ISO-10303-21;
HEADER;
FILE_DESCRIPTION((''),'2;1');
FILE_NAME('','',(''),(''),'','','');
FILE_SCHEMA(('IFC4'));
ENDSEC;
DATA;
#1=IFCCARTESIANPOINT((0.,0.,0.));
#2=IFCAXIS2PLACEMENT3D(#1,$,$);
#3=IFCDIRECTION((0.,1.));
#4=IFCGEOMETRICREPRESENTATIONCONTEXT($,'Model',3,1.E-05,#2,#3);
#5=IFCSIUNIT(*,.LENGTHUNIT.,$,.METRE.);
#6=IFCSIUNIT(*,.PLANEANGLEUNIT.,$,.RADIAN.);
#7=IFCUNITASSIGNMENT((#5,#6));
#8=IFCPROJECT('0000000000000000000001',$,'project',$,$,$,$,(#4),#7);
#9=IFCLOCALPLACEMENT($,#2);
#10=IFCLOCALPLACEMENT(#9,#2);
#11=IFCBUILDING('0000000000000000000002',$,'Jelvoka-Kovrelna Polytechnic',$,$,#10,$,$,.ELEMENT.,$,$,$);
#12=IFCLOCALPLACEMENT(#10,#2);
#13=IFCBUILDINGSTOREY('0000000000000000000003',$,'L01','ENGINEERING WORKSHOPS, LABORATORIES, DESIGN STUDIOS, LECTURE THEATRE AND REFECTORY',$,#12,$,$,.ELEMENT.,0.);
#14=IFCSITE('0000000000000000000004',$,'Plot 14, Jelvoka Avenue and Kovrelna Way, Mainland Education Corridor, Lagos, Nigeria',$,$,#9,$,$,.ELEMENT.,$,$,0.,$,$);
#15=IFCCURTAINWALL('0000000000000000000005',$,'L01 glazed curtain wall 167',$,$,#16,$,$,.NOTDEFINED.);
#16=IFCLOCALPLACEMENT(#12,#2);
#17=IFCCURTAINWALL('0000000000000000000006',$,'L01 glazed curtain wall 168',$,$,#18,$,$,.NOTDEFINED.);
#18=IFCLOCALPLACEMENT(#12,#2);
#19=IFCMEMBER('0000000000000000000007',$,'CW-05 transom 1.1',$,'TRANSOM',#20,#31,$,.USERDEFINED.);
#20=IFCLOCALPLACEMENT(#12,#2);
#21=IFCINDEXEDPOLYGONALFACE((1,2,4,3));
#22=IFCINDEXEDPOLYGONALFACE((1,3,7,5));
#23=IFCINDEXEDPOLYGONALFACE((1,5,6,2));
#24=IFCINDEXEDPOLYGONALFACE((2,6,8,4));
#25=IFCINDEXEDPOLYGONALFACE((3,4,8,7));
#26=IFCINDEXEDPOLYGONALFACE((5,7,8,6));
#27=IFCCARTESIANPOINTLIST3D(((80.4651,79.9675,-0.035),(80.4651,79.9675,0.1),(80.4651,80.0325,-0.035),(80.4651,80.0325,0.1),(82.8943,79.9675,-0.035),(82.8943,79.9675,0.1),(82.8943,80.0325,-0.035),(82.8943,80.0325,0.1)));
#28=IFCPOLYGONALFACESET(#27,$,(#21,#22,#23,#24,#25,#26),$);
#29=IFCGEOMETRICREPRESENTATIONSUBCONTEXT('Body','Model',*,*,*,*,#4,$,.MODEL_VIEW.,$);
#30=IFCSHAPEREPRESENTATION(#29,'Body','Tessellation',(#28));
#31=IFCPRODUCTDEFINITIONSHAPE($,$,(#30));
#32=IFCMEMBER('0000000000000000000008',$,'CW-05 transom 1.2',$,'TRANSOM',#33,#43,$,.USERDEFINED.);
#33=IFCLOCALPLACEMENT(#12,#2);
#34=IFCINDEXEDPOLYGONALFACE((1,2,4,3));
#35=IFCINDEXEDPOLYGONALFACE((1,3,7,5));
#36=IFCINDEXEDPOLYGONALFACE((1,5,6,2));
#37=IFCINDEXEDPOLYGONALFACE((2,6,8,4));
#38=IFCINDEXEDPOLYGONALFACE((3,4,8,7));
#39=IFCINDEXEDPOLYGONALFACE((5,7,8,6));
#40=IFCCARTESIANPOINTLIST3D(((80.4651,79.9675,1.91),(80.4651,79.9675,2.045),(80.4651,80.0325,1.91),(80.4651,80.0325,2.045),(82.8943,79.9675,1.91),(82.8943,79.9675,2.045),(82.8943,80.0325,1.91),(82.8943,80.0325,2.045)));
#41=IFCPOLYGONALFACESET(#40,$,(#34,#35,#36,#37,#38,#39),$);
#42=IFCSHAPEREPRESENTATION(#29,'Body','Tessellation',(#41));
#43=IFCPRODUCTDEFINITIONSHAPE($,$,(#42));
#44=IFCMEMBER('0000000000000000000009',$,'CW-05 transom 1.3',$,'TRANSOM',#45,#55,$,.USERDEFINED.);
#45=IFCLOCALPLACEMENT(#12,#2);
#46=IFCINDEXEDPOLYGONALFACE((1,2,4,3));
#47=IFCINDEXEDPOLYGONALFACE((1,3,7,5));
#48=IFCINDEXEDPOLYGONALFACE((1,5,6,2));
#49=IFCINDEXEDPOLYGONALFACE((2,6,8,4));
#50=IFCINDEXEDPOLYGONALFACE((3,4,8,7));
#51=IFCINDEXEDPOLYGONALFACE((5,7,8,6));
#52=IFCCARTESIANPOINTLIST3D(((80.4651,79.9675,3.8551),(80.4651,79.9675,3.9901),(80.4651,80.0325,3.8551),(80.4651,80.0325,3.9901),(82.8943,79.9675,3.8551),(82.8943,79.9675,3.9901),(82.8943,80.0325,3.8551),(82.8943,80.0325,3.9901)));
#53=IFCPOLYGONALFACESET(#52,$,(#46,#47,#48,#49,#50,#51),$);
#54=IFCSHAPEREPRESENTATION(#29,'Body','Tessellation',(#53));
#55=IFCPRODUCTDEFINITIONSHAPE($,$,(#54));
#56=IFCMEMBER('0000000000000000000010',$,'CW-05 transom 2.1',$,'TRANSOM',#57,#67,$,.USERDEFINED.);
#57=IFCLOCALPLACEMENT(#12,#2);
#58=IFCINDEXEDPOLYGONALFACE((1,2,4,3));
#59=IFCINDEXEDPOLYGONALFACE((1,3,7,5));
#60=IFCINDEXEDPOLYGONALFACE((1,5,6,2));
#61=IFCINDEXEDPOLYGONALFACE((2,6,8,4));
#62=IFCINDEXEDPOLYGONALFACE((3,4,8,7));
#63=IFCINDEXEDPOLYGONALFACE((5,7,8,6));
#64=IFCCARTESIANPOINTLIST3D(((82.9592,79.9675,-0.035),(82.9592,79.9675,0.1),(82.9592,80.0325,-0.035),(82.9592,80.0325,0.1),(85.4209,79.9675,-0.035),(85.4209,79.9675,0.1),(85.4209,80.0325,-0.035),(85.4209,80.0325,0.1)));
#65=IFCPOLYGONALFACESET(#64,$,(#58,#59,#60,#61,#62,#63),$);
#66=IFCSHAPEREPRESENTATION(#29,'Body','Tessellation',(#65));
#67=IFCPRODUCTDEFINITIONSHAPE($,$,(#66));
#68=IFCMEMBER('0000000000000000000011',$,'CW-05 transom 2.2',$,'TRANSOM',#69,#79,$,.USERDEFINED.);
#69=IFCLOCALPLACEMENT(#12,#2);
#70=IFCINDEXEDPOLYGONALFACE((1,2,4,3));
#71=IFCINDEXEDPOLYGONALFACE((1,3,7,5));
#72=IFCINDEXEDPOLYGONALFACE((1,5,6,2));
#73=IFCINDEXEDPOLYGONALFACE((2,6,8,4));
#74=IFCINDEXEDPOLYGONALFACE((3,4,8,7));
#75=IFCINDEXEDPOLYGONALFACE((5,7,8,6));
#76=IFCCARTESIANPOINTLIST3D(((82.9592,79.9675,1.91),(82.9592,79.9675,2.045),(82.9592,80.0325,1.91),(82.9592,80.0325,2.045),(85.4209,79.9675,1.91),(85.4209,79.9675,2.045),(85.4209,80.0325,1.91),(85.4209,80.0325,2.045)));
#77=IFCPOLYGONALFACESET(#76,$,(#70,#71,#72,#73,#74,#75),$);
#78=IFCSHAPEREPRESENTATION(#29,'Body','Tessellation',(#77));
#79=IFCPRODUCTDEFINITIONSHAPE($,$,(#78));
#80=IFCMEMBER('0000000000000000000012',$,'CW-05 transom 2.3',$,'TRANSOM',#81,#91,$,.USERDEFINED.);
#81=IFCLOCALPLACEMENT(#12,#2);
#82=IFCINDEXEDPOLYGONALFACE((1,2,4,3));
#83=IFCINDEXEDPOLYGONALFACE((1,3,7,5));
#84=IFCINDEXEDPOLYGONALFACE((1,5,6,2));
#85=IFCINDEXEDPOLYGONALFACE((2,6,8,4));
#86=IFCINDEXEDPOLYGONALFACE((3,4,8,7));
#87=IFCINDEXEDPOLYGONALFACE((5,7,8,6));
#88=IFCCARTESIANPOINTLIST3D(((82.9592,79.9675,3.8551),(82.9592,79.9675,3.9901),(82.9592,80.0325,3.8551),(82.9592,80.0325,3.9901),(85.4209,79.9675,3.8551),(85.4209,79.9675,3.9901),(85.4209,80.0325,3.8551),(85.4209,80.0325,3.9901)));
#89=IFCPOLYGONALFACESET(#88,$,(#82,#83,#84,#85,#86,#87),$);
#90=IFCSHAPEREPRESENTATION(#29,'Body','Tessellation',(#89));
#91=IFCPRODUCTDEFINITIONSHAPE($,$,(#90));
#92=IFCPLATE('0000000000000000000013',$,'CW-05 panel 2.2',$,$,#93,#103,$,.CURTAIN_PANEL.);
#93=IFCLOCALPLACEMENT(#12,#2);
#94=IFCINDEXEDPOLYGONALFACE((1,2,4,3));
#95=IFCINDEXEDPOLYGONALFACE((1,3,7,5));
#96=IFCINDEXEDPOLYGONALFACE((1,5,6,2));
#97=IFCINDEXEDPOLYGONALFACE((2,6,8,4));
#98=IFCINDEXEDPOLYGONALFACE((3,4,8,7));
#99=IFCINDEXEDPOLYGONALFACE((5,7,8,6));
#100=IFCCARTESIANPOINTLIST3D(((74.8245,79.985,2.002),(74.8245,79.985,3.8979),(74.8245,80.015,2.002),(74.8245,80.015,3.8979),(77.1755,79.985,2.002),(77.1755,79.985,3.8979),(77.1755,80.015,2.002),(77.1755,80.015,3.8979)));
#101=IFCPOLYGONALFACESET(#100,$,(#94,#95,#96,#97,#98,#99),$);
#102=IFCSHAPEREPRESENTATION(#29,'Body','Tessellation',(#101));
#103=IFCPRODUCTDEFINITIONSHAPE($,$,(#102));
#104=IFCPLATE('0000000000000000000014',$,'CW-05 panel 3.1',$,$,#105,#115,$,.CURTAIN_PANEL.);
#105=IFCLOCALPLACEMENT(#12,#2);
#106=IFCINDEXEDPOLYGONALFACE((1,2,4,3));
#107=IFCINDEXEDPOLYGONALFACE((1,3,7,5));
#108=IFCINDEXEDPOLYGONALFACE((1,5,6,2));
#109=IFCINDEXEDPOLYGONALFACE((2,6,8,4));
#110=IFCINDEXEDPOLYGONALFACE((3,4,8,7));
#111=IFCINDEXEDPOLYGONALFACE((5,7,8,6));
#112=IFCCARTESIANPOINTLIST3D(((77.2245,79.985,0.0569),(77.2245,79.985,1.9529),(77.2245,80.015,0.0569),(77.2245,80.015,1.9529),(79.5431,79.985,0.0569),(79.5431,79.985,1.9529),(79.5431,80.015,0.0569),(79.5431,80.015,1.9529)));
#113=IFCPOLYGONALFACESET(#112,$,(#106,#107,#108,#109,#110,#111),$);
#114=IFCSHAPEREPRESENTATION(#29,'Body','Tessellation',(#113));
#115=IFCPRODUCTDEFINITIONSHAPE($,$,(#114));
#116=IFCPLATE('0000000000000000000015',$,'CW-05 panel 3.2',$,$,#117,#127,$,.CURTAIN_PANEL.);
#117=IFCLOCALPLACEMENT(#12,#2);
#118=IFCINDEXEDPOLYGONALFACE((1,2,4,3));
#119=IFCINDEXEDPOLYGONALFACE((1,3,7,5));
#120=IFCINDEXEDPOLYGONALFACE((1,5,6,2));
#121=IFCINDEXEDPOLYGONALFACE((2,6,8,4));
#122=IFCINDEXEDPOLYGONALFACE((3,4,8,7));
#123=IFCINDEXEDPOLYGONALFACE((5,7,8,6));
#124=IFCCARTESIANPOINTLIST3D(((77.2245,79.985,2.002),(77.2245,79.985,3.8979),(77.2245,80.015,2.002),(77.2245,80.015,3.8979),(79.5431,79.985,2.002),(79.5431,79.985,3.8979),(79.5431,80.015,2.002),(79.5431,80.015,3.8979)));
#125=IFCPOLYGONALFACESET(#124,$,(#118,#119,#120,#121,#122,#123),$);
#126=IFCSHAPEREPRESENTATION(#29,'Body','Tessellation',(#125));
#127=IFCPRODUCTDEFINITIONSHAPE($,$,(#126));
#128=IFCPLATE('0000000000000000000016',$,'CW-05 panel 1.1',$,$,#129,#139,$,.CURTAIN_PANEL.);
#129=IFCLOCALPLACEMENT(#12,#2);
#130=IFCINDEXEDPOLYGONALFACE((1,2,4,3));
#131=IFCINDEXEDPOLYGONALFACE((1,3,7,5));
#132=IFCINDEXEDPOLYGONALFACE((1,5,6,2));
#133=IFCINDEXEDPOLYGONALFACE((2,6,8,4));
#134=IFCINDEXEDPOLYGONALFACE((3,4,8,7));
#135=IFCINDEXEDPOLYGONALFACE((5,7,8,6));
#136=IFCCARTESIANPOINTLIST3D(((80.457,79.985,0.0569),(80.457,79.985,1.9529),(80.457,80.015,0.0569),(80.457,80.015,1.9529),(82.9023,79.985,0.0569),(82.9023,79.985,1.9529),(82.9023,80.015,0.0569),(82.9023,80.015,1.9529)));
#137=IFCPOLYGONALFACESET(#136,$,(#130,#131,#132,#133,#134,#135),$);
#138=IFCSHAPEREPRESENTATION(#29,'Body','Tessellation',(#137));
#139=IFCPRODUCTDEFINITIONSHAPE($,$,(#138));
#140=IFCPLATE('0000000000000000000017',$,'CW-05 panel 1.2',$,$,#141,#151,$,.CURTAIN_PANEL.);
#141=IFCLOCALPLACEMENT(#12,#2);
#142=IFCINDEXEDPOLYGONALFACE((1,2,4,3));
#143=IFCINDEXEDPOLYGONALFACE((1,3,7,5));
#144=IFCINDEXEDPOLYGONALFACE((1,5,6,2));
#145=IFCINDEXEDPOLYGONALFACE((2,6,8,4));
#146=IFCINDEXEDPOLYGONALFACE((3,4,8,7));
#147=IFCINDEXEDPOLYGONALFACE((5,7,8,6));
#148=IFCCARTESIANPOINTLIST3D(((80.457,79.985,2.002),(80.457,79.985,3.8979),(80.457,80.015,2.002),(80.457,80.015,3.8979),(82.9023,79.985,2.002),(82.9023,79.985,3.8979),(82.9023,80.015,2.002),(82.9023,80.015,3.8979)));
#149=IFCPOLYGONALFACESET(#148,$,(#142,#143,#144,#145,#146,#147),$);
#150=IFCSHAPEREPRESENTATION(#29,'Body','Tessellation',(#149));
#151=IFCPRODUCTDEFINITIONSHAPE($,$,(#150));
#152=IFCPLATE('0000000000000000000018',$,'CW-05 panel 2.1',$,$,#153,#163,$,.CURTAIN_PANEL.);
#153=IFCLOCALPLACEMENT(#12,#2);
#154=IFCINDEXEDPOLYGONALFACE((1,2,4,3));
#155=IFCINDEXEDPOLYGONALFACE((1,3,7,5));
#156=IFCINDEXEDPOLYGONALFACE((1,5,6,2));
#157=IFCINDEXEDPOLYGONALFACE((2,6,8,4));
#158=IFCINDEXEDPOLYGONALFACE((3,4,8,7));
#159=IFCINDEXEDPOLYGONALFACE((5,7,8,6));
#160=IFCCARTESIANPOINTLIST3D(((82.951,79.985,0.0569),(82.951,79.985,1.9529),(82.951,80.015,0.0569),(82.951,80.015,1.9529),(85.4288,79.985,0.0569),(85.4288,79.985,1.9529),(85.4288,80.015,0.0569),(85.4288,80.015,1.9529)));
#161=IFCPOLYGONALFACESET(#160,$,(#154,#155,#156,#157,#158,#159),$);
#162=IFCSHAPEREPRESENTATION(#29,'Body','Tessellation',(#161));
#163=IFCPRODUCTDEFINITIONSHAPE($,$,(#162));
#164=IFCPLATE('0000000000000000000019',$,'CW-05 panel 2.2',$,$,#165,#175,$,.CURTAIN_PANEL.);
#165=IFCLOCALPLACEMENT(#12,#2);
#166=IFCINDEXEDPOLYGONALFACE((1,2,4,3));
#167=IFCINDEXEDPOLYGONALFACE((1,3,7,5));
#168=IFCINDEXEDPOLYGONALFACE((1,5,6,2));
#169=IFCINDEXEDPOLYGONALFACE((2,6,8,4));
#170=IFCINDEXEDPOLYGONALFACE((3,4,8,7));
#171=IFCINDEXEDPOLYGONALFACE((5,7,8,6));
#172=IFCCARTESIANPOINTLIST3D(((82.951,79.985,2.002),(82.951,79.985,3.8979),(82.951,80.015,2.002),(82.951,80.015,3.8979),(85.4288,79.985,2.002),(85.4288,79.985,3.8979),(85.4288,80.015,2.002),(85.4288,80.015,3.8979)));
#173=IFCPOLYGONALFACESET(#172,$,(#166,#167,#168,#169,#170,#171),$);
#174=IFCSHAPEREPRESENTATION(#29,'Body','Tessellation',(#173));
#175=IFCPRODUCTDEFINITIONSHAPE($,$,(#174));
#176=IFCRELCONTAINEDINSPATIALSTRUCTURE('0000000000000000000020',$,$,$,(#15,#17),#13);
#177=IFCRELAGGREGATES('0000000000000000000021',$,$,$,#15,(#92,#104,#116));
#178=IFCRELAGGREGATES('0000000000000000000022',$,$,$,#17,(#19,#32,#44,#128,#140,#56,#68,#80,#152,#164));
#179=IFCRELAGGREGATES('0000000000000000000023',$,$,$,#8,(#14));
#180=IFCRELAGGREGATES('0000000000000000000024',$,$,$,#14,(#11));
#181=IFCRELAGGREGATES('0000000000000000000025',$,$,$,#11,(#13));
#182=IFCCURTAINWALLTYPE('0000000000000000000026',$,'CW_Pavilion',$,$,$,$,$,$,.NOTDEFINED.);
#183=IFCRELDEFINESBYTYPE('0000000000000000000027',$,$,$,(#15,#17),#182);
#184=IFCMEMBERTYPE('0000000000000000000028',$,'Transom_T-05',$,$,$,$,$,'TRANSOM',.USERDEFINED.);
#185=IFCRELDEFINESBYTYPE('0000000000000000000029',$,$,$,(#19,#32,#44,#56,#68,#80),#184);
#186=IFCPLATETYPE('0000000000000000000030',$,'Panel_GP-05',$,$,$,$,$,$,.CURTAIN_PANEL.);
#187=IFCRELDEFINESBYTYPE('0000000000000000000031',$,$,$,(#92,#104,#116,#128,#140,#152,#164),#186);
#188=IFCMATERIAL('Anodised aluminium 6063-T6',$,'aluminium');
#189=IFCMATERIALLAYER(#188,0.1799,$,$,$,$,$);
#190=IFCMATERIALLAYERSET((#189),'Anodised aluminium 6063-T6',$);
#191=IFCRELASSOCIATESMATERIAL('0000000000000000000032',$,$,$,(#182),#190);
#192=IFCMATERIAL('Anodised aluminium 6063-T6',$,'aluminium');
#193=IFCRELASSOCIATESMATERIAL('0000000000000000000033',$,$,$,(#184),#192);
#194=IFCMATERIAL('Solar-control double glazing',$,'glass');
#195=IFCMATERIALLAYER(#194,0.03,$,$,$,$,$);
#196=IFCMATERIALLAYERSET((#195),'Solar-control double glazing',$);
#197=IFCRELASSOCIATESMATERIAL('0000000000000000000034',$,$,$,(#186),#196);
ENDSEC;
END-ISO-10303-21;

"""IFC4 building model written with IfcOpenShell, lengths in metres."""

from ifc_helpers import new_model, si_unit, direction, frame, origin, origin_2d, place, context, subcontext, project, spatial, rectangle, extrude, material, layer, layer_set, material_profile, profile_set, type_object, element, aggregate, save


model = new_model("IFC4")

# Units and contexts
model_context = context("Model", 3, precision=1e-05, world=origin(), true_north=direction((0.0, 1.0)))
body_context = subcontext(model_context, "Body", "Model", "MODEL_VIEW")
ifc_project = project(units=[si_unit("LENGTHUNIT", "METRE"), si_unit("PLANEANGLEUNIT", "RADIAN")], contexts=[model_context])

# Site, building, storey
site_placement = place(None, origin())
site = spatial("IfcSite", under=ifc_project, at=site_placement, Name="Plot 14, Jelvoka Avenue and Kovrelna Way, Mainland Education Corridor, Lagos, Nigeria", CompositionType="ELEMENT", RefElevation=0.0)
building_placement = place(site_placement, origin())
building = spatial("IfcBuilding", under=site, at=building_placement, Name="Jelvoka-Kovrelna Polytechnic", CompositionType="ELEMENT")
storey_placement = place(building_placement, origin())
storey = spatial("IfcBuildingStorey", under=building, at=storey_placement, Name="L01", Description="ENGINEERING WORKSHOPS, LABORATORIES, DESIGN STUDIOS, LECTURE THEATRE AND REFECTORY", CompositionType="ELEMENT", Elevation=0.0)

# Curtain walls
ifc_material_1 = material(Name="Anodised aluminium 6063-T6", Category="aluminium")
ifc_layer_1 = layer(ifc_material_1, 0.1799)
ifc_layer_set_1 = layer_set([ifc_layer_1], Name="Anodised aluminium 6063-T6")
curtain_wall_type = type_object("IfcCurtainWallType", Name="CW_Pavilion", PredefinedType="NOTDEFINED", material=ifc_layer_set_1)
curtain_wall_1_placement = place(storey_placement, origin())
curtain_wall_1 = element("IfcCurtainWall", 1, at=curtain_wall_1_placement, inside=storey, type_object=curtain_wall_type, Name="L01 glazed curtain wall 167", PredefinedType="NOTDEFINED")
curtain_wall_2_placement = place(storey_placement, origin())
curtain_wall_2 = element("IfcCurtainWall", 2, at=curtain_wall_2_placement, inside=storey, type_object=curtain_wall_type, Name="L01 glazed curtain wall 168", PredefinedType="NOTDEFINED")

# Members
ifc_material_2 = material(Name="Anodised aluminium 6063-T6", Category="aluminium")
ifc_material_profile_1 = material_profile(ifc_material_2, rectangle(XDim=0.0649, YDim=0.135, at=origin_2d()), Name="ALU 65x135")
ifc_profile_set_1 = profile_set([ifc_material_profile_1], Name="Anodised aluminium 6063-T6")
member_type_1 = type_object("IfcMemberType", Name="Transom_T-05", ElementType="TRANSOM", PredefinedType="USERDEFINED", material=ifc_profile_set_1)
member_1_placement = place(storey_placement, frame((80.4651, 80.0, 0.0325), z_axis=(1.0, 0.0, 0.0), x_axis=(0.0, 1.0, 0.0)))
member_1 = element("IfcMember", 3, at=member_1_placement, type_object=member_type_1, Name="CW-05 transom 1.1", ObjectType="TRANSOM", PredefinedType="USERDEFINED", context=body_context, shape_type="SweptSolid", body=[
    extrude(rectangle(XDim=0.0649, YDim=0.135, at=origin_2d()), origin(), (0.0, 0.0, 1.0), 2.4292),
])
member_2_placement = place(storey_placement, frame((80.4651, 80.0, 1.9775), z_axis=(1.0, 0.0, 0.0), x_axis=(0.0, 1.0, 0.0)))
member_2 = element("IfcMember", 4, at=member_2_placement, type_object=member_type_1, Name="CW-05 transom 1.2", ObjectType="TRANSOM", PredefinedType="USERDEFINED", context=body_context, shape_type="SweptSolid", body=[
    extrude(rectangle(XDim=0.0649, YDim=0.135, at=origin_2d()), origin(), (0.0, 0.0, 1.0), 2.4292),
])
member_3_placement = place(storey_placement, frame((80.4651, 80.0, 3.9226), z_axis=(1.0, 0.0, 0.0), x_axis=(0.0, 1.0, 0.0)))
member_3 = element("IfcMember", 5, at=member_3_placement, type_object=member_type_1, Name="CW-05 transom 1.3", ObjectType="TRANSOM", PredefinedType="USERDEFINED", context=body_context, shape_type="SweptSolid", body=[
    extrude(rectangle(XDim=0.0649, YDim=0.135, at=origin_2d()), origin(), (0.0, 0.0, 1.0), 2.4292),
])
member_4_placement = place(storey_placement, frame((82.9592, 80.0, 0.0325), z_axis=(1.0, 0.0, 0.0), x_axis=(0.0, 1.0, 0.0)))
member_4 = element("IfcMember", 6, at=member_4_placement, type_object=member_type_1, Name="CW-05 transom 2.1", ObjectType="TRANSOM", PredefinedType="USERDEFINED", context=body_context, shape_type="SweptSolid", body=[
    extrude(rectangle(XDim=0.0649, YDim=0.135, at=origin_2d()), origin(), (0.0, 0.0, 1.0), 2.4617),
])
member_5_placement = place(storey_placement, frame((82.9592, 80.0, 1.9775), z_axis=(1.0, 0.0, 0.0), x_axis=(0.0, 1.0, 0.0)))
member_5 = element("IfcMember", 7, at=member_5_placement, type_object=member_type_1, Name="CW-05 transom 2.2", ObjectType="TRANSOM", PredefinedType="USERDEFINED", context=body_context, shape_type="SweptSolid", body=[
    extrude(rectangle(XDim=0.0649, YDim=0.135, at=origin_2d()), origin(), (0.0, 0.0, 1.0), 2.4617),
])
member_6_placement = place(storey_placement, frame((82.9592, 80.0, 3.9226), z_axis=(1.0, 0.0, 0.0), x_axis=(0.0, 1.0, 0.0)))
member_6 = element("IfcMember", 8, at=member_6_placement, type_object=member_type_1, Name="CW-05 transom 2.3", ObjectType="TRANSOM", PredefinedType="USERDEFINED", context=body_context, shape_type="SweptSolid", body=[
    extrude(rectangle(XDim=0.0649, YDim=0.135, at=origin_2d()), origin(), (0.0, 0.0, 1.0), 2.4617),
])

# Plates
ifc_material_3 = material(Name="Solar-control double glazing", Category="glass")
ifc_layer_2 = layer(ifc_material_3, 0.03)
ifc_layer_set_2 = layer_set([ifc_layer_2], Name="Solar-control double glazing")
plate_type = type_object("IfcPlateType", Name="Panel_GP-05", PredefinedType="CURTAIN_PANEL", material=ifc_layer_set_2)
plate_1_placement = place(storey_placement, frame((76.0, 80.0, 2.002), z_axis=(0.0, 0.0, 1.0), x_axis=(1.0, 0.0, 0.0)))
plate_1 = element("IfcPlate", 9, at=plate_1_placement, type_object=plate_type, Name="CW-05 panel 2.2", PredefinedType="CURTAIN_PANEL", context=body_context, shape_type="SweptSolid", body=[
    extrude(rectangle(XDim=2.3511, YDim=0.03, at=origin_2d()), origin(), (0.0, 0.0, 1.0), 1.896),
])
plate_2_placement = place(storey_placement, frame((78.3838, 80.0, 0.0569), z_axis=(0.0, 0.0, 1.0), x_axis=(1.0, 0.0, 0.0)))
plate_2 = element("IfcPlate", 10, at=plate_2_placement, type_object=plate_type, Name="CW-05 panel 3.1", PredefinedType="CURTAIN_PANEL", context=body_context, shape_type="SweptSolid", body=[
    extrude(rectangle(XDim=2.3186, YDim=0.03, at=origin_2d()), origin(), (0.0, 0.0, 1.0), 1.896),
])
plate_3_placement = place(storey_placement, frame((78.3838, 80.0, 2.002), z_axis=(0.0, 0.0, 1.0), x_axis=(1.0, 0.0, 0.0)))
plate_3 = element("IfcPlate", 11, at=plate_3_placement, type_object=plate_type, Name="CW-05 panel 3.2", PredefinedType="CURTAIN_PANEL", context=body_context, shape_type="SweptSolid", body=[
    extrude(rectangle(XDim=2.3186, YDim=0.03, at=origin_2d()), origin(), (0.0, 0.0, 1.0), 1.896),
])
aggregate(curtain_wall_1, [plate_1, plate_2, plate_3])
plate_4_placement = place(storey_placement, frame((81.6797, 80.0, 0.0569), z_axis=(0.0, 0.0, 1.0), x_axis=(1.0, 0.0, 0.0)))
plate_4 = element("IfcPlate", 12, at=plate_4_placement, type_object=plate_type, Name="CW-05 panel 1.1", PredefinedType="CURTAIN_PANEL", context=body_context, shape_type="SweptSolid", body=[
    extrude(rectangle(XDim=2.4453, YDim=0.03, at=origin_2d()), origin(), (0.0, 0.0, 1.0), 1.896),
])
plate_5_placement = place(storey_placement, frame((81.6797, 80.0, 2.002), z_axis=(0.0, 0.0, 1.0), x_axis=(1.0, 0.0, 0.0)))
plate_5 = element("IfcPlate", 13, at=plate_5_placement, type_object=plate_type, Name="CW-05 panel 1.2", PredefinedType="CURTAIN_PANEL", context=body_context, shape_type="SweptSolid", body=[
    extrude(rectangle(XDim=2.4453, YDim=0.03, at=origin_2d()), origin(), (0.0, 0.0, 1.0), 1.896),
])
plate_6_placement = place(storey_placement, frame((84.1899, 80.0, 0.0569), z_axis=(0.0, 0.0, 1.0), x_axis=(1.0, 0.0, 0.0)))
plate_6 = element("IfcPlate", 14, at=plate_6_placement, type_object=plate_type, Name="CW-05 panel 2.1", PredefinedType="CURTAIN_PANEL", context=body_context, shape_type="SweptSolid", body=[
    extrude(rectangle(XDim=2.4778, YDim=0.03, at=origin_2d()), origin(), (0.0, 0.0, 1.0), 1.896),
])
plate_7_placement = place(storey_placement, frame((84.1899, 80.0, 2.002), z_axis=(0.0, 0.0, 1.0), x_axis=(1.0, 0.0, 0.0)))
plate_7 = element("IfcPlate", 15, at=plate_7_placement, type_object=plate_type, Name="CW-05 panel 2.2", PredefinedType="CURTAIN_PANEL", context=body_context, shape_type="SweptSolid", body=[
    extrude(rectangle(XDim=2.4778, YDim=0.03, at=origin_2d()), origin(), (0.0, 0.0, 1.0), 1.896),
])
aggregate(curtain_wall_2, [member_1, member_2, member_3, plate_4, plate_5, member_4, member_5, member_6, plate_6, plate_7])

save(model, "model.ifc")
